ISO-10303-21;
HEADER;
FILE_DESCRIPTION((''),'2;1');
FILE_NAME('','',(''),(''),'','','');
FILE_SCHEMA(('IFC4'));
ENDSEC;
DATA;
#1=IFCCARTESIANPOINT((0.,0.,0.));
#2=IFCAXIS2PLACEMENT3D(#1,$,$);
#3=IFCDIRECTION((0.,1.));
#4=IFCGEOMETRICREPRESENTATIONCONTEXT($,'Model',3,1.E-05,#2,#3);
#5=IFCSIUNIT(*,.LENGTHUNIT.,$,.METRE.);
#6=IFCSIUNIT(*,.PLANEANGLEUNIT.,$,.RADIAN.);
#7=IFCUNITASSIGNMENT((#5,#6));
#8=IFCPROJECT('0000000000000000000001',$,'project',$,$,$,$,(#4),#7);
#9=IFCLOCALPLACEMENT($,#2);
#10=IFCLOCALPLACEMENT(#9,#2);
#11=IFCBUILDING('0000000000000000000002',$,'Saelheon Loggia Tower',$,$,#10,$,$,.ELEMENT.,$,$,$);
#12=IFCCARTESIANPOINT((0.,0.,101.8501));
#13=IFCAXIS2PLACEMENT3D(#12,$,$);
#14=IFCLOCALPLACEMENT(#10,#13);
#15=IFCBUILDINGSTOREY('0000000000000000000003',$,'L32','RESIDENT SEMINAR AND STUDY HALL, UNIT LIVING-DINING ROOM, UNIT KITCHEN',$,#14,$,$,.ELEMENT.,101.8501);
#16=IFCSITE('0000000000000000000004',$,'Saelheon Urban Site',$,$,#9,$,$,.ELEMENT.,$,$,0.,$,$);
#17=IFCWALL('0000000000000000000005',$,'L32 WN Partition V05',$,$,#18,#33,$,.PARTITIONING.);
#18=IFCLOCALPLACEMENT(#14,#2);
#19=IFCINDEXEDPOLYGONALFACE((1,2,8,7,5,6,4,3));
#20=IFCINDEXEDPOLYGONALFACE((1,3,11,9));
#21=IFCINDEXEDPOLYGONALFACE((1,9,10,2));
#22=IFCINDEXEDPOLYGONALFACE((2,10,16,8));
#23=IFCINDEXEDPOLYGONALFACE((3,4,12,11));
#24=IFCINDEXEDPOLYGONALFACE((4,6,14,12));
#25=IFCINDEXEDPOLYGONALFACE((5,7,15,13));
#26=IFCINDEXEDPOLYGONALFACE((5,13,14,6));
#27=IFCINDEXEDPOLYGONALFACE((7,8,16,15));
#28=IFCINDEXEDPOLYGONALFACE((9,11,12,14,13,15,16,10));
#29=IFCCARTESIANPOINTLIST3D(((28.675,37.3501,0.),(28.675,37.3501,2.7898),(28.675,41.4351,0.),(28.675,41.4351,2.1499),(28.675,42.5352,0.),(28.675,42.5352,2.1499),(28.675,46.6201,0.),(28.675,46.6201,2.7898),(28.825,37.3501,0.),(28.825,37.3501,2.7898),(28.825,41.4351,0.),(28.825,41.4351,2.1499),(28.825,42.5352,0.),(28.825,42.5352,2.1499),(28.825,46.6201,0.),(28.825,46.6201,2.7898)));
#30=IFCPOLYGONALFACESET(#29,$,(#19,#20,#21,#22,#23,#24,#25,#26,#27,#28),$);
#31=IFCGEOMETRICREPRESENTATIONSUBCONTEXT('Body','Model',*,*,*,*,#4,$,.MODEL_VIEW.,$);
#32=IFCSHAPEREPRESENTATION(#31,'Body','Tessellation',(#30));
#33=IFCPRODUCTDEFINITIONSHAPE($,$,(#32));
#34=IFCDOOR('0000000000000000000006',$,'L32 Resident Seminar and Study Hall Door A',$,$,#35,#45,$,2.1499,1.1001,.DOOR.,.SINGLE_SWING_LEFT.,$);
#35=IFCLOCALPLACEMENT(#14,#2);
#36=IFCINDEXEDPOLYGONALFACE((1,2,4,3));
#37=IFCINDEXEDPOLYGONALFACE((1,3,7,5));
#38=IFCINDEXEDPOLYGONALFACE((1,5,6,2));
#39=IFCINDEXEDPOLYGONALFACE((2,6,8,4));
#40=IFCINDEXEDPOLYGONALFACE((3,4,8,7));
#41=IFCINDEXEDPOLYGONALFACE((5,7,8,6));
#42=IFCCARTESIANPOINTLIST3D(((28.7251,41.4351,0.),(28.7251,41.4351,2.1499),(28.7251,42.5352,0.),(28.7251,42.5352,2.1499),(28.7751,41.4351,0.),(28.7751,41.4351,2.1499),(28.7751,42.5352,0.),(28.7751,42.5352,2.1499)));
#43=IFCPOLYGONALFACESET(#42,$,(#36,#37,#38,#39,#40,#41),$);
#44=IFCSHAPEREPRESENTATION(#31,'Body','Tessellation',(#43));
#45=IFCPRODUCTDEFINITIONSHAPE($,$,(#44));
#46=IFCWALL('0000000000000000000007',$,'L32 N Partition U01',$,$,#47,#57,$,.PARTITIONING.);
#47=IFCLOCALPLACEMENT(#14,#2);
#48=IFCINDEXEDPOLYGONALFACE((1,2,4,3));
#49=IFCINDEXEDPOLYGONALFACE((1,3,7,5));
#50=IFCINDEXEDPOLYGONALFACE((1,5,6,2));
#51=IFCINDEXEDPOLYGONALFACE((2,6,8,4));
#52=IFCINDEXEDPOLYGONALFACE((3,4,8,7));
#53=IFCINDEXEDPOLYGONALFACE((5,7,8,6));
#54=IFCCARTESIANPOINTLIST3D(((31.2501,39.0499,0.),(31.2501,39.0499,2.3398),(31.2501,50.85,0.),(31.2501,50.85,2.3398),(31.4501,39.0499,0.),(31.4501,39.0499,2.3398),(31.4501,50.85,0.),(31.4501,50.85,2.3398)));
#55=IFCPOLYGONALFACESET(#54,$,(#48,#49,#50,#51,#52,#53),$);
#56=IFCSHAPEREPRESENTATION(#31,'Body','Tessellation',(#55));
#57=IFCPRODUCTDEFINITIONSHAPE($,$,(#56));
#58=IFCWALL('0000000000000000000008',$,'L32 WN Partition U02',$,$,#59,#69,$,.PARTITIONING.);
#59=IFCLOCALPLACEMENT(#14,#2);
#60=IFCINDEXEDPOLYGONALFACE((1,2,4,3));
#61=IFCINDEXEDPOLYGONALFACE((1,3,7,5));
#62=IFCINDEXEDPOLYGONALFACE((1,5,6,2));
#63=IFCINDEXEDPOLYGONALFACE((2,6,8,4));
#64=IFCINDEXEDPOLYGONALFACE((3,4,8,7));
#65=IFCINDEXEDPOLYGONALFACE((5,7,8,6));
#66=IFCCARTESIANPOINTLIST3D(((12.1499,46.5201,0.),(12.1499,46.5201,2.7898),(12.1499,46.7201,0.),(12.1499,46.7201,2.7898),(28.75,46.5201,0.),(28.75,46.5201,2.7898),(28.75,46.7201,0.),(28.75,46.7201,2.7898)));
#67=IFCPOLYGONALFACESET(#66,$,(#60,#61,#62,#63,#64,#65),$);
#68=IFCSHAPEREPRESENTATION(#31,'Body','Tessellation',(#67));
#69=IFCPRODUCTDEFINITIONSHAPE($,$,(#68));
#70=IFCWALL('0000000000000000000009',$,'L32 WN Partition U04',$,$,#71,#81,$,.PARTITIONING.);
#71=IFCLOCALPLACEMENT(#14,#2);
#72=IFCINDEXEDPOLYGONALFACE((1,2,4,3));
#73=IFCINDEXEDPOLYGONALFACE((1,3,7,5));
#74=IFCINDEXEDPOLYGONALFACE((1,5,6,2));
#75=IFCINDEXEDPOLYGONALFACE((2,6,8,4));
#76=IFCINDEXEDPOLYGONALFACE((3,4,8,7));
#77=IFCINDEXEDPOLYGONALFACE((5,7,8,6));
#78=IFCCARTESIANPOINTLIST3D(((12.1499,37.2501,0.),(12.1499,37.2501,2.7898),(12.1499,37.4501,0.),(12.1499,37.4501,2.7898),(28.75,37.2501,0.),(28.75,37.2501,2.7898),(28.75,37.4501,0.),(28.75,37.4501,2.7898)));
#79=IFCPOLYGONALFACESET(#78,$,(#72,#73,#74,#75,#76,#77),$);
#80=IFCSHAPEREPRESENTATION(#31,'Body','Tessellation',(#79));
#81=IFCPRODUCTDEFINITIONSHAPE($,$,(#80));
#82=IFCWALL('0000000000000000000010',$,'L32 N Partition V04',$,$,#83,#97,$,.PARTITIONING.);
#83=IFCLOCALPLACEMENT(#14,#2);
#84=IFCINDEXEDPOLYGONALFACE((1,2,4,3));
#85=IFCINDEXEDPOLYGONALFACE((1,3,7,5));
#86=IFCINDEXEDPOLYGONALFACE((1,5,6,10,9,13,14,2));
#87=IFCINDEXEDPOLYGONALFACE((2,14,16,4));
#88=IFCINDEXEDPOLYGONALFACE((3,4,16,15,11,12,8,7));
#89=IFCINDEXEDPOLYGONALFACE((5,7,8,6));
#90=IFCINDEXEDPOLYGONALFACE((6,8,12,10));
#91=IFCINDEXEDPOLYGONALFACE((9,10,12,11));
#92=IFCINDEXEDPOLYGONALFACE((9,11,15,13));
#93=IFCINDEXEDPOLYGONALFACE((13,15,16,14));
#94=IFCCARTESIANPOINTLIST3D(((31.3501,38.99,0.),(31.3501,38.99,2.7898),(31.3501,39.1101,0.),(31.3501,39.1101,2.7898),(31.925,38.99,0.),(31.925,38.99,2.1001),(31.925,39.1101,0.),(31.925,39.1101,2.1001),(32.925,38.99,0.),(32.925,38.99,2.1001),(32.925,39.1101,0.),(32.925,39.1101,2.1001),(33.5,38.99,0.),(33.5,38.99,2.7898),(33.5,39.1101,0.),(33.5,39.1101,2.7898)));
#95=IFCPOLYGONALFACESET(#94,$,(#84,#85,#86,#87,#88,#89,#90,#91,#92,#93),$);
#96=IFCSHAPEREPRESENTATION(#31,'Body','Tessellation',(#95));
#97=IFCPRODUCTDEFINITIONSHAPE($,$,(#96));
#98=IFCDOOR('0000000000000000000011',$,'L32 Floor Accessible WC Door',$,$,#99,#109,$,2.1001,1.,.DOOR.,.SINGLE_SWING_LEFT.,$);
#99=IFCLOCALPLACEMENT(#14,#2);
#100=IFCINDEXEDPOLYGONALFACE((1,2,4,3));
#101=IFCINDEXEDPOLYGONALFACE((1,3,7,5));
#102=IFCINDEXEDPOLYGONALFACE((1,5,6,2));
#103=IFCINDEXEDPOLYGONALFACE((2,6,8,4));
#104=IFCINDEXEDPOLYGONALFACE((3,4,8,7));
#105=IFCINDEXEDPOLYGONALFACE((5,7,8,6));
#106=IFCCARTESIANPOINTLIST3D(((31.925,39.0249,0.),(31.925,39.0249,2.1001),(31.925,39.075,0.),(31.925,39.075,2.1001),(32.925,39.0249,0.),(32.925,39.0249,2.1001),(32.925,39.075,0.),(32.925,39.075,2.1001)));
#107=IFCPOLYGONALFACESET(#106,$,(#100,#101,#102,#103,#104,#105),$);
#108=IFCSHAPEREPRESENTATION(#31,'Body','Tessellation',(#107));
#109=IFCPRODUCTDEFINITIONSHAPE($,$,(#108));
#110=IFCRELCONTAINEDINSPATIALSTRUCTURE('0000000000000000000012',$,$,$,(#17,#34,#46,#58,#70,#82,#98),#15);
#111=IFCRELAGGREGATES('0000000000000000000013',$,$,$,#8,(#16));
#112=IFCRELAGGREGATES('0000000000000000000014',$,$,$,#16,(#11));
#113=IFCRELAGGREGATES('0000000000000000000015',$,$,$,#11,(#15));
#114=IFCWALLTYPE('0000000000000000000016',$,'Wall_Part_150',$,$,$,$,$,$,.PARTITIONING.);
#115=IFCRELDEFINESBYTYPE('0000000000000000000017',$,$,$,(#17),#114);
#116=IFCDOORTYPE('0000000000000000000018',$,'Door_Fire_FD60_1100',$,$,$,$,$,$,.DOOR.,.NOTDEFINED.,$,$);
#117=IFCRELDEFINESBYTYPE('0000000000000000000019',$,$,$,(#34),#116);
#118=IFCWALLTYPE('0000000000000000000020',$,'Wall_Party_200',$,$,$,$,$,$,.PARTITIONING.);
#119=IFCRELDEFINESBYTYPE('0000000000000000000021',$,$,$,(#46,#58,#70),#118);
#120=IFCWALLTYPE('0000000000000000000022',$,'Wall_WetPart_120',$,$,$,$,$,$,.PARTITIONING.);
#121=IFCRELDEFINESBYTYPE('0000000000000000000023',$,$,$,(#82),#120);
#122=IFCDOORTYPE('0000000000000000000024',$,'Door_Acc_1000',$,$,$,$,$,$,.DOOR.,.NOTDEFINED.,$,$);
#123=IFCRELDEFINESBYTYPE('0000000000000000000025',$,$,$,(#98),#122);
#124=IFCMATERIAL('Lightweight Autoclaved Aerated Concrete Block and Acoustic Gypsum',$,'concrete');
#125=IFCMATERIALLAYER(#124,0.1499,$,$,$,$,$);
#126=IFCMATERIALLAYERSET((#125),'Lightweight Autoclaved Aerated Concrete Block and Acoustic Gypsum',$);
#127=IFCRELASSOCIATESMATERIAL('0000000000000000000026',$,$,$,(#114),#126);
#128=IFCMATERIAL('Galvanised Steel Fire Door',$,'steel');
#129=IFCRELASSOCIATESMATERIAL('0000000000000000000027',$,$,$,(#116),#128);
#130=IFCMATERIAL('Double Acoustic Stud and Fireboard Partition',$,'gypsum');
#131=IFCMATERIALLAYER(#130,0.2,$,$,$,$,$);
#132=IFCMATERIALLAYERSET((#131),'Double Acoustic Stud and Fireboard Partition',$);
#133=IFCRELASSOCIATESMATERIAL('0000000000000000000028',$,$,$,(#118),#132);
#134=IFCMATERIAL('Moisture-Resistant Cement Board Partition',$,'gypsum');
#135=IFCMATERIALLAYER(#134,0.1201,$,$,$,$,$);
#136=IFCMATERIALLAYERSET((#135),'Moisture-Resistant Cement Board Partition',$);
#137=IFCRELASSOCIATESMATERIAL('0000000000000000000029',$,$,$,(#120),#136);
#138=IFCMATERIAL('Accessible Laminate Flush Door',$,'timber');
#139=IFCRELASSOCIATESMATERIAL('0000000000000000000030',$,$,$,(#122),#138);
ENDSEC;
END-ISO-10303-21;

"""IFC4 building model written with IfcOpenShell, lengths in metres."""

from ifc_helpers import new_model, si_unit, direction, frame, frame_2d, origin, place, context, subcontext, project, spatial, rectangle, extrude, source, transform, mapped, material, layer, layer_set, type_object, element, fill, save


model = new_model("IFC4")

# Units and contexts
model_context = context("Model", 3, precision=1e-05, world=origin(), true_north=direction((0.0, 1.0)))
body_context = subcontext(model_context, "Body", "Model", "MODEL_VIEW")
ifc_project = project(units=[si_unit("LENGTHUNIT", "METRE"), si_unit("PLANEANGLEUNIT", "RADIAN")], contexts=[model_context])

# Site, building, storey
site_placement = place(None, origin())
site = spatial("IfcSite", under=ifc_project, at=site_placement, Name="Saelheon Urban Site", CompositionType="ELEMENT", RefElevation=0.0)
building_placement = place(site_placement, origin())
building = spatial("IfcBuilding", under=site, at=building_placement, Name="Saelheon Loggia Tower", CompositionType="ELEMENT")
storey_placement = place(building_placement, frame((0.0, 0.0, 101.8501)))
storey = spatial("IfcBuildingStorey", under=building, at=storey_placement, Name="L32", Description="RESIDENT SEMINAR AND STUDY HALL, UNIT LIVING-DINING ROOM, UNIT KITCHEN", CompositionType="ELEMENT", Elevation=101.8501)

# Shared definitions
shared_shape_1 = source(origin(), body_context, "Body", "SweptSolid", [
    extrude(rectangle(XDim=1.1001, YDim=2.1499, at=frame_2d((0.55, 1.075))), frame((0.0, 0.0249, 0.0), z_axis=(0.0, -1.0, 0.0), x_axis=(1.0, 0.0, 0.0)), (0.0, 0.0, 1.0), 0.05),
])

# Wall, opening, door
ifc_material_1 = material(Name="Lightweight Autoclaved Aerated Concrete Block and Acoustic Gypsum", Category="concrete")
ifc_layer_1 = layer(ifc_material_1, 0.1499)
ifc_layer_set_1 = layer_set([ifc_layer_1], Name="Lightweight Autoclaved Aerated Concrete Block and Acoustic Gypsum")
wall_type_1 = type_object("IfcWallType", Name="Wall_Part_150", PredefinedType="PARTITIONING", material=ifc_layer_set_1)
wall_1_placement = place(storey_placement, frame((28.75, 37.3501, 0.0), z_axis=(0.0, 0.0, 1.0), x_axis=(0.0, 1.0, 0.0)))
wall_1 = element("IfcWall", 1, at=wall_1_placement, inside=storey, type_object=wall_type_1, Name="L32 WN Partition V05", PredefinedType="PARTITIONING", context=body_context, shape_type="SweptSolid", body=[
    extrude(rectangle(XDim=9.27, YDim=0.1499, at=frame_2d((4.635, 0.0))), origin(), (0.0, 0.0, 1.0), 2.7898),
])
opening_1_placement = place(wall_1_placement, frame((4.085, 0.0, 0.0)))
opening_1 = element("IfcOpeningElement", 2, at=opening_1_placement, cuts=wall_1, PredefinedType="OPENING", context=body_context, shape_type="SweptSolid", body=[
    extrude(rectangle(XDim=1.1001, YDim=2.1499, at=frame_2d((0.55, 1.075))), frame((0.0, 0.0869, 0.0), z_axis=(0.0, -1.0, 0.0), x_axis=(1.0, 0.0, 0.0)), (0.0, 0.0, 1.0), 0.1738),
])
ifc_material_2 = material(Name="Galvanised Steel Fire Door", Category="steel")
door_type_1 = type_object("IfcDoorType", Name="Door_Fire_FD60_1100", OperationType="NOTDEFINED", PredefinedType="DOOR", material=ifc_material_2)
door_1_placement = place(opening_1_placement, origin())
door_1 = element("IfcDoor", 3, at=door_1_placement, inside=storey, type_object=door_type_1, Name="L32 Resident Seminar and Study Hall Door A", OperationType="SINGLE_SWING_LEFT", OverallHeight=2.1499, OverallWidth=1.1001, PredefinedType="DOOR", context=body_context, shape_type="MappedRepresentation", body=[
    mapped(shared_shape_1, transform((0.0, 0.0, 0.0), scale=1.0)),
])
fill(opening_1, door_1)

# Walls
ifc_material_3 = material(Name="Double Acoustic Stud and Fireboard Partition", Category="gypsum")
ifc_layer_2 = layer(ifc_material_3, 0.2)
ifc_layer_set_2 = layer_set([ifc_layer_2], Name="Double Acoustic Stud and Fireboard Partition")
wall_type_2 = type_object("IfcWallType", Name="Wall_Party_200", PredefinedType="PARTITIONING", material=ifc_layer_set_2)
wall_2_placement = place(storey_placement, frame((31.3501, 39.05, 0.0), z_axis=(0.0, 0.0, 1.0), x_axis=(0.0, 1.0, 0.0)))
element("IfcWall", 4, at=wall_2_placement, inside=storey, type_object=wall_type_2, Name="L32 N Partition U01", PredefinedType="PARTITIONING", context=body_context, shape_type="SweptSolid", body=[
    extrude(rectangle(XDim=11.8, YDim=0.2, at=frame_2d((5.8999, 0.0))), origin(), (0.0, 0.0, 1.0), 2.3398),
])
for number, where, z_axis, x_axis, name in (
    (5, (28.75, 46.6201, 0.0), (0.0, 0.0, 1.0), (-1.0, 0.0, 0.0), "L32 WN Partition U02"),
    (6, (28.75, 37.3501, 0.0), (0.0, 0.0, 1.0), (-1.0, 0.0, 0.0), "L32 WN Partition U04"),
):
    element("IfcWall", number, at=place(storey_placement, frame(where, z_axis=z_axis, x_axis=x_axis)), inside=storey, type_object=wall_type_2, Name=name, PredefinedType="PARTITIONING", context=body_context, shape_type="SweptSolid", body=[
        extrude(rectangle(XDim=16.6001, YDim=0.2, at=frame_2d((8.3, 0.0))), origin(), (0.0, 0.0, 1.0), 2.7898),
    ])

# Wall, opening, door
ifc_material_4 = material(Name="Moisture-Resistant Cement Board Partition", Category="gypsum")
ifc_layer_3 = layer(ifc_material_4, 0.1201)
ifc_layer_set_3 = layer_set([ifc_layer_3], Name="Moisture-Resistant Cement Board Partition")
wall_type_3 = type_object("IfcWallType", Name="Wall_WetPart_120", PredefinedType="PARTITIONING", material=ifc_layer_set_3)
wall_3_placement = place(storey_placement, frame((31.3501, 39.05, 0.0), z_axis=(0.0, 0.0, 1.0), x_axis=(1.0, 0.0, 0.0)))
wall_3 = element("IfcWall", 7, at=wall_3_placement, inside=storey, type_object=wall_type_3, Name="L32 N Partition V04", PredefinedType="PARTITIONING", context=body_context, shape_type="SweptSolid", body=[
    extrude(rectangle(XDim=2.1499, YDim=0.1201, at=frame_2d((1.075, 0.0))), origin(), (0.0, 0.0, 1.0), 2.7898),
])
opening_2_placement = place(wall_3_placement, frame((0.575, 0.0, 0.0)))
opening_2 = element("IfcOpeningElement", 8, at=opening_2_placement, cuts=wall_3, PredefinedType="OPENING", context=body_context, shape_type="SweptSolid", body=[
    extrude(rectangle(XDim=1.0, YDim=2.1001, at=frame_2d((0.5, 1.05))), frame((0.0, 0.072, 0.0), z_axis=(0.0, -1.0, 0.0), x_axis=(1.0, 0.0, 0.0)), (0.0, 0.0, 1.0), 0.144),
])
ifc_material_5 = material(Name="Accessible Laminate Flush Door", Category="timber")
door_type_2 = type_object("IfcDoorType", Name="Door_Acc_1000", OperationType="NOTDEFINED", PredefinedType="DOOR", material=ifc_material_5)
shared_shape_2 = source(origin(), body_context, "Body", "SweptSolid", [
    extrude(rectangle(XDim=1.0, YDim=2.1001, at=frame_2d((0.5, 1.05))), frame((0.0, 0.0249, 0.0), z_axis=(0.0, -1.0, 0.0), x_axis=(1.0, 0.0, 0.0)), (0.0, 0.0, 1.0), 0.05),
])
door_2_placement = place(opening_2_placement, origin())
door_2 = element("IfcDoor", 9, at=door_2_placement, inside=storey, type_object=door_type_2, Name="L32 Floor Accessible WC Door", OperationType="SINGLE_SWING_LEFT", OverallHeight=2.1001, OverallWidth=1.0, PredefinedType="DOOR", context=body_context, shape_type="MappedRepresentation", body=[
    mapped(shared_shape_2, transform((0.0, 0.0, 0.0), scale=1.0)),
])
fill(opening_2, door_2)

save(model, "model.ifc")
